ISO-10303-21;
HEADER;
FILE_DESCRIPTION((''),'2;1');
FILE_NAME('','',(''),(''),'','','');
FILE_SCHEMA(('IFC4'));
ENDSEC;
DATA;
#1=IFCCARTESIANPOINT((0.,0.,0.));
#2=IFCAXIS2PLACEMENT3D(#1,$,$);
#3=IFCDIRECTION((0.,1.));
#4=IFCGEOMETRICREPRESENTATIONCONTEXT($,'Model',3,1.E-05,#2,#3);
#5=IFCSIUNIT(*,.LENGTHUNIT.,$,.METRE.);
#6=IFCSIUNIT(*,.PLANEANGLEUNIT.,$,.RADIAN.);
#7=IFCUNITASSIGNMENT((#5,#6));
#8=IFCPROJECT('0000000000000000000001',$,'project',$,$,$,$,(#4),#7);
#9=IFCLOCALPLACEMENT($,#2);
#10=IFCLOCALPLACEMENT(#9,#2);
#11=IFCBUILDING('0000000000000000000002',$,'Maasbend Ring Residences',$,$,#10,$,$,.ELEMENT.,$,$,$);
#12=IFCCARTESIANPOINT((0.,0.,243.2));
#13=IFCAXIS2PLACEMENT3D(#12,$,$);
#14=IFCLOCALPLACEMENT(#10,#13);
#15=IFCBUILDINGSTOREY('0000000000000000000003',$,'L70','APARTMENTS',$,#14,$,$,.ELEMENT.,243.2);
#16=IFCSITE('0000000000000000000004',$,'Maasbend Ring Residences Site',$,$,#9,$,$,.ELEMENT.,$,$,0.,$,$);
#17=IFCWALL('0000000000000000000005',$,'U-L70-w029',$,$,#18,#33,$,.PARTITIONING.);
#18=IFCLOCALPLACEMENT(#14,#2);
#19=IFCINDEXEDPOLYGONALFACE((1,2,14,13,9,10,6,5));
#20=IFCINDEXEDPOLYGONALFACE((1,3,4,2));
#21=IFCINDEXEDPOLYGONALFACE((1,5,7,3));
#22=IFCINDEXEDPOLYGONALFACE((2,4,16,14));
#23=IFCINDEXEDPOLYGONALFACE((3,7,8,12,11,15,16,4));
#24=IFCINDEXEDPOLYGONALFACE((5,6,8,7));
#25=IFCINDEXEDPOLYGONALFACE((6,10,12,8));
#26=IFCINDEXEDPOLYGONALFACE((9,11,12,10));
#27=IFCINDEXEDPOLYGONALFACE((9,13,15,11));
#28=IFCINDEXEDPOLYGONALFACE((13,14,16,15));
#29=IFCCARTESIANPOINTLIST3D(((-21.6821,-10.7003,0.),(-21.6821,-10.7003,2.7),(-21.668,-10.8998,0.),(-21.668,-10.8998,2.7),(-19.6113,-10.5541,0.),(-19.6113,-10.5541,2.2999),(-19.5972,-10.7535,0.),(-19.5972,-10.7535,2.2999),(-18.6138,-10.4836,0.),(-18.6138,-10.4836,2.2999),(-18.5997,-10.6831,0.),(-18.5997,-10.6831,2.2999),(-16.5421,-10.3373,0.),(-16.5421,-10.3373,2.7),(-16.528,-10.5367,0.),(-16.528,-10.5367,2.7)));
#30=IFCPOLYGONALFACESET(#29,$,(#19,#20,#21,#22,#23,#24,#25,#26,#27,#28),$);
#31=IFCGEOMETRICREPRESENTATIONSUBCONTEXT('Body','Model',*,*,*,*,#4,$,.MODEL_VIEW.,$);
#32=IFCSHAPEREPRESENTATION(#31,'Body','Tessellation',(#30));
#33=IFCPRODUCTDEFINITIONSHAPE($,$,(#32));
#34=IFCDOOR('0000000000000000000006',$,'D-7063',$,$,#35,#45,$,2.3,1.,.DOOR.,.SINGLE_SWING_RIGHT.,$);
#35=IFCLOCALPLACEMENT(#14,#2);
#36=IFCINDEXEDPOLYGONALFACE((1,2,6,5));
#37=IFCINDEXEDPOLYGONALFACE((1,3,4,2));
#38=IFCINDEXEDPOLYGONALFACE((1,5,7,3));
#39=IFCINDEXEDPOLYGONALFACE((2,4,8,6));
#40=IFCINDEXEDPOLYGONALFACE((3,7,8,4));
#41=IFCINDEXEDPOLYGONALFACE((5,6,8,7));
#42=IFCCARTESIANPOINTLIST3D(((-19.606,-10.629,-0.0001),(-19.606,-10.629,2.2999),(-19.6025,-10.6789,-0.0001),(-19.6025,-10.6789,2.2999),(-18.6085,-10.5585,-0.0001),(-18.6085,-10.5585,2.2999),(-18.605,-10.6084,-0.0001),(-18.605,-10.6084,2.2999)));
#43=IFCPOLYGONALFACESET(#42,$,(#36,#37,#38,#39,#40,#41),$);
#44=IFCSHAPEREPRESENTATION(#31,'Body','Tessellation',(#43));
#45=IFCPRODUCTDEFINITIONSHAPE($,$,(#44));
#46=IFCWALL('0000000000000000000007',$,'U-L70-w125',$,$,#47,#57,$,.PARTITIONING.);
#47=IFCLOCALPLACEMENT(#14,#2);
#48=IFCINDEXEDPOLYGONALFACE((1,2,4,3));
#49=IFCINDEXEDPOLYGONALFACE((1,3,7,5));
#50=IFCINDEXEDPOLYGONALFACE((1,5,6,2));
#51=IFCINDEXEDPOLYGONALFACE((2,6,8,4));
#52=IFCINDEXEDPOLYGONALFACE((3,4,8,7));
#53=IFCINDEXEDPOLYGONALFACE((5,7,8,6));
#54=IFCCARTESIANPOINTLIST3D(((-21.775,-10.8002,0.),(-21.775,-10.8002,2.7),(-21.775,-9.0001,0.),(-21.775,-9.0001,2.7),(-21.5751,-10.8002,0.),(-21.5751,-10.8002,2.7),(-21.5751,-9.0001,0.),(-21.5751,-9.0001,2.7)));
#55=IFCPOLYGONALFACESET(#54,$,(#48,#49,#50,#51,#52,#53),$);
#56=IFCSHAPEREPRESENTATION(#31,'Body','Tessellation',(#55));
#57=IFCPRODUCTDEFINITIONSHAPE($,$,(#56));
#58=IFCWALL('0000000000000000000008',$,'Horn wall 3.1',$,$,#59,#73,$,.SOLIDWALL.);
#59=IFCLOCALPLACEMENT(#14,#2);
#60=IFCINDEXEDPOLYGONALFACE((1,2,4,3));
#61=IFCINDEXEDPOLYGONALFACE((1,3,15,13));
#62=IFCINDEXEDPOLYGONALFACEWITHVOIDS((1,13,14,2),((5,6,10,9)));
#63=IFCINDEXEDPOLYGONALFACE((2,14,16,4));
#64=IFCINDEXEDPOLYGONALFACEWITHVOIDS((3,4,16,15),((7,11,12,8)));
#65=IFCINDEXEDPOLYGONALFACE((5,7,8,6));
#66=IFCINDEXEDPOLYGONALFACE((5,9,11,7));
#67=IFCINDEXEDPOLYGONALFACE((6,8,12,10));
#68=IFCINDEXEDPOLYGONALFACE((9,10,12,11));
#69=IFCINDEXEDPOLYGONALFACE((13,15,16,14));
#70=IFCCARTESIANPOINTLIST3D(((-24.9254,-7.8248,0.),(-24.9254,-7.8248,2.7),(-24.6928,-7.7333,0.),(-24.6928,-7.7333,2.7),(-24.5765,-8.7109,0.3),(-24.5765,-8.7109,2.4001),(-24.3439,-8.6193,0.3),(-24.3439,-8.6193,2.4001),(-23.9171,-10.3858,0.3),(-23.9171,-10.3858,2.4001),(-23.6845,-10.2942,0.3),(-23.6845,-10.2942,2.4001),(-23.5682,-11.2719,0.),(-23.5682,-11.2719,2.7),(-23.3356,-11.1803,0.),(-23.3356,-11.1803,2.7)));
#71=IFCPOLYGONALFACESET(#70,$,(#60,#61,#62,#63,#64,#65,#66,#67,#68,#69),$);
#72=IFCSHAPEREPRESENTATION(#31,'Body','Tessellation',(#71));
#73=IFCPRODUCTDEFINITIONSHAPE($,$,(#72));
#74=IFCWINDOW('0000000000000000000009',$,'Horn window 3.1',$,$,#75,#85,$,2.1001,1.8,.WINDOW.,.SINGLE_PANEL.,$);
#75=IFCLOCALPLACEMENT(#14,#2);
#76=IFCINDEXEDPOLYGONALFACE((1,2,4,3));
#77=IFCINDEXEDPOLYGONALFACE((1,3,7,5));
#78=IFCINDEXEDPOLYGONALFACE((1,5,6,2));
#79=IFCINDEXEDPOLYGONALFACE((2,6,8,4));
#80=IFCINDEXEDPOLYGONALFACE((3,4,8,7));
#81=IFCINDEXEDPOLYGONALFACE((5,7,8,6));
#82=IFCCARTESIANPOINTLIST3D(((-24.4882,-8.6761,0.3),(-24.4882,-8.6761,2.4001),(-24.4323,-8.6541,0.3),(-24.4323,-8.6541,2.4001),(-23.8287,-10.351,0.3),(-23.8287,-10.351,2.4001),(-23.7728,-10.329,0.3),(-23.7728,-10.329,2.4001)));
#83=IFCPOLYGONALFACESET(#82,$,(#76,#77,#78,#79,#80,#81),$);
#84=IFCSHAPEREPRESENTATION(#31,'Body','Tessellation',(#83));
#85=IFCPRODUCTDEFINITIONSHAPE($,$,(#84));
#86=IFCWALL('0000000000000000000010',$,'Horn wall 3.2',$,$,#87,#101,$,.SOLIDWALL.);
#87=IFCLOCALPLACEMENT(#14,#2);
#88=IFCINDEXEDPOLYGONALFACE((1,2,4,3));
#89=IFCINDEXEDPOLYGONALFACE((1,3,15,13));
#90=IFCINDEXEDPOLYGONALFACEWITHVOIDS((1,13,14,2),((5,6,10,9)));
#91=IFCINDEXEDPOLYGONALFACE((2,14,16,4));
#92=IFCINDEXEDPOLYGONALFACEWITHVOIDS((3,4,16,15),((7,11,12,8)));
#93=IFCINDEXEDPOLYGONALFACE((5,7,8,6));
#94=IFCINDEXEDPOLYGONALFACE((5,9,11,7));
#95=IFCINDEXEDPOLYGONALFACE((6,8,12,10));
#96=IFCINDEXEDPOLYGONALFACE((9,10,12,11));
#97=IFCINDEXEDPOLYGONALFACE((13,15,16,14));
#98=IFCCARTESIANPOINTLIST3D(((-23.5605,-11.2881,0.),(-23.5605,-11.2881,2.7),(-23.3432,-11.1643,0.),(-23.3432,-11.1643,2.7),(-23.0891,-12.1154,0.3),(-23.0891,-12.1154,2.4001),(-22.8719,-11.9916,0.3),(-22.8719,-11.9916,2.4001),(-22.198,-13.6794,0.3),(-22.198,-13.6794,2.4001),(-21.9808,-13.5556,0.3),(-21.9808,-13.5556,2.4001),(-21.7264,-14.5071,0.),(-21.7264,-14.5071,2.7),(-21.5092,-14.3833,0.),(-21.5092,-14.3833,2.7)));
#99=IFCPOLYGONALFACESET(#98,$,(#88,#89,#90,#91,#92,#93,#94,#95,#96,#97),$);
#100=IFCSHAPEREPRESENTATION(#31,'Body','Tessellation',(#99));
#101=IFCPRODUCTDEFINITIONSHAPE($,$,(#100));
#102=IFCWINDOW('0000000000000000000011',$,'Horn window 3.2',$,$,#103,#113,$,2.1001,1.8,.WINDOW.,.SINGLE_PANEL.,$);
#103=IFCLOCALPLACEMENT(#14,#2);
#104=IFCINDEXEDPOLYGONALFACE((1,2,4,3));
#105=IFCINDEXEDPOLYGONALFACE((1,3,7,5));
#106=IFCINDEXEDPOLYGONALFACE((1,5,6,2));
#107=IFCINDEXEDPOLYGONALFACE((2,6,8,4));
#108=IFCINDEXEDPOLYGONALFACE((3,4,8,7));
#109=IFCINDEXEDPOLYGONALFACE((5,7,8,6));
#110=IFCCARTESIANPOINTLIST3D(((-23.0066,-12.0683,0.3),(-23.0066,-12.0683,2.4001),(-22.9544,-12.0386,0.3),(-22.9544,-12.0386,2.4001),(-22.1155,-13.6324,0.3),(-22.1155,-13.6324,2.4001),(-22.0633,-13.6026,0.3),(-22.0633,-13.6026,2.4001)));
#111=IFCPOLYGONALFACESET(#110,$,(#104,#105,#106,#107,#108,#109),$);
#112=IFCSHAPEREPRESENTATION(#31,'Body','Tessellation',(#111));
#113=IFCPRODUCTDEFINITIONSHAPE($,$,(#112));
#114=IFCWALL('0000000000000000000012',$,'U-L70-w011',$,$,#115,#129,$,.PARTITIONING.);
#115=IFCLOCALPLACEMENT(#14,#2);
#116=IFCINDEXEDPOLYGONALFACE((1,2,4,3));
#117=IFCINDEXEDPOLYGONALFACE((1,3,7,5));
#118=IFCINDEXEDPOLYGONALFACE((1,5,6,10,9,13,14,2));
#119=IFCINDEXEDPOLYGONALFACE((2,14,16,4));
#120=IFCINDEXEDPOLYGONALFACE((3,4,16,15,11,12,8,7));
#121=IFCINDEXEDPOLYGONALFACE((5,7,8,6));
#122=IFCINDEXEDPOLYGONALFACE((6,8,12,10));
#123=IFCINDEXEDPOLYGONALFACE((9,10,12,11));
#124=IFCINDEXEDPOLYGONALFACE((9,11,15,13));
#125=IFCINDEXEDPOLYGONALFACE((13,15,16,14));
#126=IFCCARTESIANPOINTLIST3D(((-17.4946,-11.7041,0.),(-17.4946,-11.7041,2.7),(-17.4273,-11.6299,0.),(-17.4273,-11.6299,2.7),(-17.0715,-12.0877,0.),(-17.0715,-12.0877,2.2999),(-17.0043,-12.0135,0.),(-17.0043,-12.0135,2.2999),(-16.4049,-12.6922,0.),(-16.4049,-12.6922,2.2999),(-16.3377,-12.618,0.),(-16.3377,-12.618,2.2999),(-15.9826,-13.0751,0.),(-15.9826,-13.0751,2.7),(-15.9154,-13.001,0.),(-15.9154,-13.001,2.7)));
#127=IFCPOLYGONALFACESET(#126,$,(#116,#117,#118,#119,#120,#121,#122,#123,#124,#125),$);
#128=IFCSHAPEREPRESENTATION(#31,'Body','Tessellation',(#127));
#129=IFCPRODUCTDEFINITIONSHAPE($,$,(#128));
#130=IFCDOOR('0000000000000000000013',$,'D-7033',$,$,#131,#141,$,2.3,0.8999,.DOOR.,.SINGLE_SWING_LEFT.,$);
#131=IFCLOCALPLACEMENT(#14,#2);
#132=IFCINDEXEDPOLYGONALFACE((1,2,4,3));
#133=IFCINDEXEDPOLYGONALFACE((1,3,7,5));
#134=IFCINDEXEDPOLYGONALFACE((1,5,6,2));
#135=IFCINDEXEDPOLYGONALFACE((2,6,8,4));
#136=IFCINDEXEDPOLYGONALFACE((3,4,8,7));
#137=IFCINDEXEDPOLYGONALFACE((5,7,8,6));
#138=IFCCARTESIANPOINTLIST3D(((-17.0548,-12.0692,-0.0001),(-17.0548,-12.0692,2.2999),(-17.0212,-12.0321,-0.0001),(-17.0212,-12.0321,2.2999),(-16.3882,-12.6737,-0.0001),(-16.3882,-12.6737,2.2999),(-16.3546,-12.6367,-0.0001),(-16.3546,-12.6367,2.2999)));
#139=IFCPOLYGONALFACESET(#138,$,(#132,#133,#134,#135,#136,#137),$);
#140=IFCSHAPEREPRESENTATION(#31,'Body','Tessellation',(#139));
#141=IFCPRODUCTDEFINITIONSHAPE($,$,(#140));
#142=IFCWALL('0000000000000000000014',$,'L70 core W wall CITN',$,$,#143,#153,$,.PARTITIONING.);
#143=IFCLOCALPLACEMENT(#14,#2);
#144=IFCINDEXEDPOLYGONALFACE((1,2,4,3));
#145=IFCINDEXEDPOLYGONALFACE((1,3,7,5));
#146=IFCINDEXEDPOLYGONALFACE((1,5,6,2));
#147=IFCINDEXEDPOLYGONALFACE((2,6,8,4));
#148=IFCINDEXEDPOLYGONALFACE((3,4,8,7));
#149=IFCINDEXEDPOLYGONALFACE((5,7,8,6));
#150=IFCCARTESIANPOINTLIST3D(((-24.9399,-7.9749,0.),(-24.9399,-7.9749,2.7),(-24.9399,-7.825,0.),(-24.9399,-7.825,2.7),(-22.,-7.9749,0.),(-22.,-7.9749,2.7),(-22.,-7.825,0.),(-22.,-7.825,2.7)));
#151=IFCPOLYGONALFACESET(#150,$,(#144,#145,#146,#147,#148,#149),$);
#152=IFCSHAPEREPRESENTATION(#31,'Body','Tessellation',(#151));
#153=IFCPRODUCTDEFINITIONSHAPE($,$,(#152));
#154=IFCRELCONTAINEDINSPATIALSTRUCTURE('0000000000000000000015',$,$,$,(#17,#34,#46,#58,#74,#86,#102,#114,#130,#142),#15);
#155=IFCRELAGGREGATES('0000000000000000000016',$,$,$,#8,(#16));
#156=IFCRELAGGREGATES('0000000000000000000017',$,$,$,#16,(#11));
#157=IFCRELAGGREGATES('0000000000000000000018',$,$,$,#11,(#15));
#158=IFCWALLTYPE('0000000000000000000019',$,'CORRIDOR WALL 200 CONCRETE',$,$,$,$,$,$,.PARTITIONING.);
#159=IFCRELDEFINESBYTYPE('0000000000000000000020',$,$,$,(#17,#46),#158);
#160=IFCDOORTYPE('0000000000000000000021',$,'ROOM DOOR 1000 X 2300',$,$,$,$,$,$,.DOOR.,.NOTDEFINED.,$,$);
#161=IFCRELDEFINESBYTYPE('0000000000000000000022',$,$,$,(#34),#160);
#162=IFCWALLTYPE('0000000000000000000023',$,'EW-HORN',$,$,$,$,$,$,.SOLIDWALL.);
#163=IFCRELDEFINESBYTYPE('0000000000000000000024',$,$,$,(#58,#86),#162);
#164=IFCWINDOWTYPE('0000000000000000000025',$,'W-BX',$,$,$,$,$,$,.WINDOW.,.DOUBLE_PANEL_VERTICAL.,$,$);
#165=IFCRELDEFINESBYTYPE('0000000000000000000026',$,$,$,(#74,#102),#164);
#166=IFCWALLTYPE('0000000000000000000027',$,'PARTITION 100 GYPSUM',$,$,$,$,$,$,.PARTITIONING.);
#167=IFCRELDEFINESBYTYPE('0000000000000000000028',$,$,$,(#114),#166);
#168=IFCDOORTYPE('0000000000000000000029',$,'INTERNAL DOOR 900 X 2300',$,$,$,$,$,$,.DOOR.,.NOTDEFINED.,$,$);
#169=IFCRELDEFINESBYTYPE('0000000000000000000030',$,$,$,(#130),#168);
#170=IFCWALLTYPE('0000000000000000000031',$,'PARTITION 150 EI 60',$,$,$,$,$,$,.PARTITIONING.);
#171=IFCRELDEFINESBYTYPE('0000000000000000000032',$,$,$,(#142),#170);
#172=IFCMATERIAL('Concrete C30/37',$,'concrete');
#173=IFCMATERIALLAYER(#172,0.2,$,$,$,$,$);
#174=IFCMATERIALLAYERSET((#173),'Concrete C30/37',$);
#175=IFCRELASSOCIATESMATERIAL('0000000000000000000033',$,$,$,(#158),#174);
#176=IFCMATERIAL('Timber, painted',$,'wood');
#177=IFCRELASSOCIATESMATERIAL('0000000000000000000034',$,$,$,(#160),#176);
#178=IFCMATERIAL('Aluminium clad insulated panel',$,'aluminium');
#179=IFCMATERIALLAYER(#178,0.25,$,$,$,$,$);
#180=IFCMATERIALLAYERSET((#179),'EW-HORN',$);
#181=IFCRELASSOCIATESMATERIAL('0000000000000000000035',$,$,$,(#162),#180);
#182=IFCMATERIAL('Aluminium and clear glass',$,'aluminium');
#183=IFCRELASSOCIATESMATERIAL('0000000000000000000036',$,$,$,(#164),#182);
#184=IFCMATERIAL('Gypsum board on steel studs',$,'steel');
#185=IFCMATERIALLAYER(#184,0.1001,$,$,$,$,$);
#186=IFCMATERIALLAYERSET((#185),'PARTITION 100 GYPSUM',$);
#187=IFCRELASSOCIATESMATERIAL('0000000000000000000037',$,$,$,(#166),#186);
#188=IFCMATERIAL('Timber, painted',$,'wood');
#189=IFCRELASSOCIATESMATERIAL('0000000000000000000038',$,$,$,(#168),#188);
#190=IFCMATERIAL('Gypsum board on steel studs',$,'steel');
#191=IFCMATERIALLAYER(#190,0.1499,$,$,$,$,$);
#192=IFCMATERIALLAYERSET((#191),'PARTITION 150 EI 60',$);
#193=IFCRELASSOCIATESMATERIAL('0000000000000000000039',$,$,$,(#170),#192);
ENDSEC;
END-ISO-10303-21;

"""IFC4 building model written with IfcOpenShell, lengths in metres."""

from ifc_helpers import new_model, si_unit, direction, frame, frame_2d, origin, place, context, subcontext, project, spatial, rectangle, extrude, material, layer, layer_set, type_object, element, fill, save


model = new_model("IFC4")

# Units and contexts
model_context = context("Model", 3, precision=1e-05, world=origin(), true_north=direction((0.0, 1.0)))
body_context = subcontext(model_context, "Body", "Model", "MODEL_VIEW")
ifc_project = project(units=[si_unit("LENGTHUNIT", "METRE"), si_unit("PLANEANGLEUNIT", "RADIAN")], contexts=[model_context])

# Site, building, storey
site_placement = place(None, origin())
site = spatial("IfcSite", under=ifc_project, at=site_placement, Name="Maasbend Ring Residences Site", CompositionType="ELEMENT", RefElevation=0.0)
building_placement = place(site_placement, origin())
building = spatial("IfcBuilding", under=site, at=building_placement, Name="Maasbend Ring Residences", CompositionType="ELEMENT")
storey_placement = place(building_placement, frame((0.0, 0.0, 243.2)))
storey = spatial("IfcBuildingStorey", under=building, at=storey_placement, Name="L70", Description="APARTMENTS", CompositionType="ELEMENT", Elevation=243.2)

# Shared definitions
ifc_material_1 = material(Name="Concrete C30/37", Category="concrete")
ifc_layer_1 = layer(ifc_material_1, 0.2)
ifc_layer_set_1 = layer_set([ifc_layer_1], Name="Concrete C30/37")
wall_type_1 = type_object("IfcWallType", Name="CORRIDOR WALL 200 CONCRETE", PredefinedType="PARTITIONING", material=ifc_layer_set_1)

# Wall, opening, door
wall_1_placement = place(storey_placement, frame((-21.675, -10.8, 0.0), z_axis=(0.0, 0.0, 1.0), x_axis=(0.997515, 0.070452, 0.0)))
wall_1 = element("IfcWall", 1, at=wall_1_placement, inside=storey, type_object=wall_type_1, Name="U-L70-w029", PredefinedType="PARTITIONING", context=body_context, shape_type="SweptSolid", body=[
    extrude(rectangle(XDim=5.1528, YDim=0.2, at=frame_2d((2.5764, 0.0))), origin(), (0.0, 0.0, 1.0), 2.7),
])
opening_1_placement = place(wall_1_placement, frame((2.0759, 0.0, 0.0)))
opening_1 = element("IfcOpeningElement", 2, at=opening_1_placement, cuts=wall_1, PredefinedType="OPENING", context=body_context, shape_type="SweptSolid", body=[
    extrude(rectangle(XDim=1.0, YDim=2.3, at=frame_2d((0.5, 1.1499))), frame((0.0, 0.1099, 0.0), z_axis=(0.0, -1.0, 0.0), x_axis=(1.0, 0.0, 0.0)), (0.0, 0.0, 1.0), 0.22),
])
ifc_material_2 = material(Name="Timber, painted", Category="wood")
door_type_1 = type_object("IfcDoorType", Name="ROOM DOOR 1000 X 2300", OperationType="NOTDEFINED", PredefinedType="DOOR", material=ifc_material_2)
door_1_placement = place(opening_1_placement, origin())
door_1 = element("IfcDoor", 3, at=door_1_placement, inside=storey, type_object=door_type_1, Name="D-7063", OperationType="SINGLE_SWING_RIGHT", OverallHeight=2.3, OverallWidth=1.0, PredefinedType="DOOR", context=body_context, shape_type="SweptSolid", body=[
    extrude(rectangle(XDim=1.0, YDim=2.3, at=frame_2d((0.5, 1.1499))), frame((0.0, 0.0249, 0.0), z_axis=(0.0, -1.0, 0.0), x_axis=(1.0, 0.0, 0.0)), (0.0, 0.0, 1.0), 0.05),
])
fill(opening_1, door_1)

# Wall
wall_2_placement = place(storey_placement, frame((-21.675, -10.8, 0.0), z_axis=(0.0, 0.0, 1.0), x_axis=(0.0, 1.0, 0.0)))
element("IfcWall", 4, at=wall_2_placement, inside=storey, type_object=wall_type_1, Name="U-L70-w125", PredefinedType="PARTITIONING", context=body_context, shape_type="SweptSolid", body=[
    extrude(rectangle(XDim=1.8, YDim=0.2, at=frame_2d((0.8999, 0.0))), origin(), (0.0, 0.0, 1.0), 2.7),
])

# Walls, openings, windows
ifc_material_3 = material(Name="Aluminium clad insulated panel", Category="aluminium")
ifc_layer_2 = layer(ifc_material_3, 0.25)
ifc_layer_set_2 = layer_set([ifc_layer_2], Name="EW-HORN")
wall_type_2 = type_object("IfcWallType", Name="EW-HORN", PredefinedType="SOLIDWALL", material=ifc_layer_set_2)
wall_3_placement = place(storey_placement, frame((-24.8091, -7.7791, 0.0), z_axis=(0.0, 0.0, 1.0), x_axis=(0.366352, -0.930476, 0.0)))
wall_3 = element("IfcWall", 5, at=wall_3_placement, inside=storey, type_object=wall_type_2, Name="Horn wall 3.1", PredefinedType="SOLIDWALL", context=body_context, shape_type="SweptSolid", body=[
    extrude(rectangle(XDim=3.7046, YDim=0.25, at=frame_2d((1.8523, 0.0))), origin(), (0.0, 0.0, 1.0), 2.7),
])
opening_2_placement = place(wall_3_placement, frame((0.9524, 0.0, 0.3)))
opening_2 = element("IfcOpeningElement", 6, at=opening_2_placement, cuts=wall_3, PredefinedType="OPENING", context=body_context, shape_type="SweptSolid", body=[
    extrude(rectangle(XDim=1.8, YDim=2.1001, at=frame_2d((0.8999, 1.05))), frame((0.0, 0.135, 0.0), z_axis=(0.0, -1.0, 0.0), x_axis=(1.0, 0.0, 0.0)), (0.0, 0.0, 1.0), 0.27),
])
ifc_material_4 = material(Name="Aluminium and clear glass", Category="aluminium")
window_type = type_object("IfcWindowType", Name="W-BX", PartitioningType="DOUBLE_PANEL_VERTICAL", PredefinedType="WINDOW", material=ifc_material_4)
window_1_placement = place(opening_2_placement, origin())
window_1 = element("IfcWindow", 7, at=window_1_placement, inside=storey, type_object=window_type, Name="Horn window 3.1", OverallHeight=2.1001, OverallWidth=1.8, PartitioningType="SINGLE_PANEL", PredefinedType="WINDOW", context=body_context, shape_type="SweptSolid", body=[
    extrude(rectangle(XDim=1.8, YDim=2.1001, at=frame_2d((0.8999, 1.05))), frame((0.0, 0.03, 0.0), z_axis=(0.0, -1.0, 0.0), x_axis=(1.0, 0.0, 0.0)), (0.0, 0.0, 1.0), 0.0601),
])
fill(opening_2, window_1)
wall_4_placement = place(storey_placement, frame((-23.4519, -11.2261, 0.0), z_axis=(0.0, 0.0, 1.0), x_axis=(0.495031, -0.868875, 0.0)))
wall_4 = element("IfcWall", 8, at=wall_4_placement, inside=storey, type_object=wall_type_2, Name="Horn wall 3.2", PredefinedType="SOLIDWALL", context=body_context, shape_type="SweptSolid", body=[
    extrude(rectangle(XDim=3.7048, YDim=0.25, at=frame_2d((1.8525, 0.0))), origin(), (0.0, 0.0, 1.0), 2.7),
])
opening_3_placement = place(wall_4_placement, frame((0.9524, 0.0, 0.3)))
opening_3 = element("IfcOpeningElement", 9, at=opening_3_placement, cuts=wall_4, PredefinedType="OPENING", context=body_context, shape_type="SweptSolid", body=[
    extrude(rectangle(XDim=1.8, YDim=2.1001, at=frame_2d((0.8999, 1.05))), frame((0.0, 0.135, 0.0), z_axis=(0.0, -1.0, 0.0), x_axis=(1.0, 0.0, 0.0)), (0.0, 0.0, 1.0), 0.27),
])
window_2_placement = place(opening_3_placement, origin())
window_2 = element("IfcWindow", 10, at=window_2_placement, inside=storey, type_object=window_type, Name="Horn window 3.2", OverallHeight=2.1001, OverallWidth=1.8, PartitioningType="SINGLE_PANEL", PredefinedType="WINDOW", context=body_context, shape_type="SweptSolid", body=[
    extrude(rectangle(XDim=1.8, YDim=2.1001, at=frame_2d((0.8999, 1.05))), frame((0.0, 0.03, 0.0), z_axis=(0.0, -1.0, 0.0), x_axis=(1.0, 0.0, 0.0)), (0.0, 0.0, 1.0), 0.0601),
])
fill(opening_3, window_2)

# Wall, opening, door
ifc_material_5 = material(Name="Gypsum board on steel studs", Category="steel")
ifc_layer_3 = layer(ifc_material_5, 0.1001)
ifc_layer_set_3 = layer_set([ifc_layer_3], Name="PARTITION 100 GYPSUM")
wall_type_3 = type_object("IfcWallType", Name="PARTITION 100 GYPSUM", PredefinedType="PARTITIONING", material=ifc_layer_set_3)
wall_5_placement = place(storey_placement, frame((-17.4609, -11.667, 0.0), z_axis=(0.0, 0.0, 1.0), x_axis=(0.740773, -0.671755, 0.0)))
wall_5 = element("IfcWall", 11, at=wall_5_placement, inside=storey, type_object=wall_type_3, Name="U-L70-w011", PredefinedType="PARTITIONING", context=body_context, shape_type="SweptSolid", body=[
    extrude(rectangle(XDim=2.041, YDim=0.1001, at=frame_2d((1.0205, 0.0))), origin(), (0.0, 0.0, 1.0), 2.7),
])
opening_4_placement = place(wall_5_placement, frame((0.571, 0.0, 0.0)))
opening_4 = element("IfcOpeningElement", 12, at=opening_4_placement, cuts=wall_5, PredefinedType="OPENING", context=body_context, shape_type="SweptSolid", body=[
    extrude(rectangle(XDim=0.8999, YDim=2.3, at=frame_2d((0.45, 1.1499))), frame((0.0, 0.0601, 0.0), z_axis=(0.0, -1.0, 0.0), x_axis=(1.0, 0.0, 0.0)), (0.0, 0.0, 1.0), 0.1201),
])
ifc_material_6 = material(Name="Timber, painted", Category="wood")
door_type_2 = type_object("IfcDoorType", Name="INTERNAL DOOR 900 X 2300", OperationType="NOTDEFINED", PredefinedType="DOOR", material=ifc_material_6)
door_2_placement = place(opening_4_placement, origin())
door_2 = element("IfcDoor", 13, at=door_2_placement, inside=storey, type_object=door_type_2, Name="D-7033", OperationType="SINGLE_SWING_LEFT", OverallHeight=2.3, OverallWidth=0.8999, PredefinedType="DOOR", context=body_context, shape_type="SweptSolid", body=[
    extrude(rectangle(XDim=0.8999, YDim=2.3, at=frame_2d((0.45, 1.1499))), frame((0.0, 0.0249, 0.0), z_axis=(0.0, -1.0, 0.0), x_axis=(1.0, 0.0, 0.0)), (0.0, 0.0, 1.0), 0.05),
])
fill(opening_4, door_2)

# Wall
ifc_material_7 = material(Name="Gypsum board on steel studs", Category="steel")
ifc_layer_4 = layer(ifc_material_7, 0.1499)
ifc_layer_set_4 = layer_set([ifc_layer_4], Name="PARTITION 150 EI 60")
wall_type_4 = type_object("IfcWallType", Name="PARTITION 150 EI 60", PredefinedType="PARTITIONING", material=ifc_layer_set_4)
wall_6_placement = place(storey_placement, frame((-22.0, -7.8999, 0.0), z_axis=(0.0, 0.0, 1.0), x_axis=(-1.0, 0.0, 0.0)))
element("IfcWall", 14, at=wall_6_placement, inside=storey, type_object=wall_type_4, Name="L70 core W wall CITN", PredefinedType="PARTITIONING", context=body_context, shape_type="SweptSolid", body=[
    extrude(rectangle(XDim=2.9399, YDim=0.1499, at=frame_2d((1.47, 0.0))), origin(), (0.0, 0.0, 1.0), 2.7),
])

save(model, "model.ifc")
